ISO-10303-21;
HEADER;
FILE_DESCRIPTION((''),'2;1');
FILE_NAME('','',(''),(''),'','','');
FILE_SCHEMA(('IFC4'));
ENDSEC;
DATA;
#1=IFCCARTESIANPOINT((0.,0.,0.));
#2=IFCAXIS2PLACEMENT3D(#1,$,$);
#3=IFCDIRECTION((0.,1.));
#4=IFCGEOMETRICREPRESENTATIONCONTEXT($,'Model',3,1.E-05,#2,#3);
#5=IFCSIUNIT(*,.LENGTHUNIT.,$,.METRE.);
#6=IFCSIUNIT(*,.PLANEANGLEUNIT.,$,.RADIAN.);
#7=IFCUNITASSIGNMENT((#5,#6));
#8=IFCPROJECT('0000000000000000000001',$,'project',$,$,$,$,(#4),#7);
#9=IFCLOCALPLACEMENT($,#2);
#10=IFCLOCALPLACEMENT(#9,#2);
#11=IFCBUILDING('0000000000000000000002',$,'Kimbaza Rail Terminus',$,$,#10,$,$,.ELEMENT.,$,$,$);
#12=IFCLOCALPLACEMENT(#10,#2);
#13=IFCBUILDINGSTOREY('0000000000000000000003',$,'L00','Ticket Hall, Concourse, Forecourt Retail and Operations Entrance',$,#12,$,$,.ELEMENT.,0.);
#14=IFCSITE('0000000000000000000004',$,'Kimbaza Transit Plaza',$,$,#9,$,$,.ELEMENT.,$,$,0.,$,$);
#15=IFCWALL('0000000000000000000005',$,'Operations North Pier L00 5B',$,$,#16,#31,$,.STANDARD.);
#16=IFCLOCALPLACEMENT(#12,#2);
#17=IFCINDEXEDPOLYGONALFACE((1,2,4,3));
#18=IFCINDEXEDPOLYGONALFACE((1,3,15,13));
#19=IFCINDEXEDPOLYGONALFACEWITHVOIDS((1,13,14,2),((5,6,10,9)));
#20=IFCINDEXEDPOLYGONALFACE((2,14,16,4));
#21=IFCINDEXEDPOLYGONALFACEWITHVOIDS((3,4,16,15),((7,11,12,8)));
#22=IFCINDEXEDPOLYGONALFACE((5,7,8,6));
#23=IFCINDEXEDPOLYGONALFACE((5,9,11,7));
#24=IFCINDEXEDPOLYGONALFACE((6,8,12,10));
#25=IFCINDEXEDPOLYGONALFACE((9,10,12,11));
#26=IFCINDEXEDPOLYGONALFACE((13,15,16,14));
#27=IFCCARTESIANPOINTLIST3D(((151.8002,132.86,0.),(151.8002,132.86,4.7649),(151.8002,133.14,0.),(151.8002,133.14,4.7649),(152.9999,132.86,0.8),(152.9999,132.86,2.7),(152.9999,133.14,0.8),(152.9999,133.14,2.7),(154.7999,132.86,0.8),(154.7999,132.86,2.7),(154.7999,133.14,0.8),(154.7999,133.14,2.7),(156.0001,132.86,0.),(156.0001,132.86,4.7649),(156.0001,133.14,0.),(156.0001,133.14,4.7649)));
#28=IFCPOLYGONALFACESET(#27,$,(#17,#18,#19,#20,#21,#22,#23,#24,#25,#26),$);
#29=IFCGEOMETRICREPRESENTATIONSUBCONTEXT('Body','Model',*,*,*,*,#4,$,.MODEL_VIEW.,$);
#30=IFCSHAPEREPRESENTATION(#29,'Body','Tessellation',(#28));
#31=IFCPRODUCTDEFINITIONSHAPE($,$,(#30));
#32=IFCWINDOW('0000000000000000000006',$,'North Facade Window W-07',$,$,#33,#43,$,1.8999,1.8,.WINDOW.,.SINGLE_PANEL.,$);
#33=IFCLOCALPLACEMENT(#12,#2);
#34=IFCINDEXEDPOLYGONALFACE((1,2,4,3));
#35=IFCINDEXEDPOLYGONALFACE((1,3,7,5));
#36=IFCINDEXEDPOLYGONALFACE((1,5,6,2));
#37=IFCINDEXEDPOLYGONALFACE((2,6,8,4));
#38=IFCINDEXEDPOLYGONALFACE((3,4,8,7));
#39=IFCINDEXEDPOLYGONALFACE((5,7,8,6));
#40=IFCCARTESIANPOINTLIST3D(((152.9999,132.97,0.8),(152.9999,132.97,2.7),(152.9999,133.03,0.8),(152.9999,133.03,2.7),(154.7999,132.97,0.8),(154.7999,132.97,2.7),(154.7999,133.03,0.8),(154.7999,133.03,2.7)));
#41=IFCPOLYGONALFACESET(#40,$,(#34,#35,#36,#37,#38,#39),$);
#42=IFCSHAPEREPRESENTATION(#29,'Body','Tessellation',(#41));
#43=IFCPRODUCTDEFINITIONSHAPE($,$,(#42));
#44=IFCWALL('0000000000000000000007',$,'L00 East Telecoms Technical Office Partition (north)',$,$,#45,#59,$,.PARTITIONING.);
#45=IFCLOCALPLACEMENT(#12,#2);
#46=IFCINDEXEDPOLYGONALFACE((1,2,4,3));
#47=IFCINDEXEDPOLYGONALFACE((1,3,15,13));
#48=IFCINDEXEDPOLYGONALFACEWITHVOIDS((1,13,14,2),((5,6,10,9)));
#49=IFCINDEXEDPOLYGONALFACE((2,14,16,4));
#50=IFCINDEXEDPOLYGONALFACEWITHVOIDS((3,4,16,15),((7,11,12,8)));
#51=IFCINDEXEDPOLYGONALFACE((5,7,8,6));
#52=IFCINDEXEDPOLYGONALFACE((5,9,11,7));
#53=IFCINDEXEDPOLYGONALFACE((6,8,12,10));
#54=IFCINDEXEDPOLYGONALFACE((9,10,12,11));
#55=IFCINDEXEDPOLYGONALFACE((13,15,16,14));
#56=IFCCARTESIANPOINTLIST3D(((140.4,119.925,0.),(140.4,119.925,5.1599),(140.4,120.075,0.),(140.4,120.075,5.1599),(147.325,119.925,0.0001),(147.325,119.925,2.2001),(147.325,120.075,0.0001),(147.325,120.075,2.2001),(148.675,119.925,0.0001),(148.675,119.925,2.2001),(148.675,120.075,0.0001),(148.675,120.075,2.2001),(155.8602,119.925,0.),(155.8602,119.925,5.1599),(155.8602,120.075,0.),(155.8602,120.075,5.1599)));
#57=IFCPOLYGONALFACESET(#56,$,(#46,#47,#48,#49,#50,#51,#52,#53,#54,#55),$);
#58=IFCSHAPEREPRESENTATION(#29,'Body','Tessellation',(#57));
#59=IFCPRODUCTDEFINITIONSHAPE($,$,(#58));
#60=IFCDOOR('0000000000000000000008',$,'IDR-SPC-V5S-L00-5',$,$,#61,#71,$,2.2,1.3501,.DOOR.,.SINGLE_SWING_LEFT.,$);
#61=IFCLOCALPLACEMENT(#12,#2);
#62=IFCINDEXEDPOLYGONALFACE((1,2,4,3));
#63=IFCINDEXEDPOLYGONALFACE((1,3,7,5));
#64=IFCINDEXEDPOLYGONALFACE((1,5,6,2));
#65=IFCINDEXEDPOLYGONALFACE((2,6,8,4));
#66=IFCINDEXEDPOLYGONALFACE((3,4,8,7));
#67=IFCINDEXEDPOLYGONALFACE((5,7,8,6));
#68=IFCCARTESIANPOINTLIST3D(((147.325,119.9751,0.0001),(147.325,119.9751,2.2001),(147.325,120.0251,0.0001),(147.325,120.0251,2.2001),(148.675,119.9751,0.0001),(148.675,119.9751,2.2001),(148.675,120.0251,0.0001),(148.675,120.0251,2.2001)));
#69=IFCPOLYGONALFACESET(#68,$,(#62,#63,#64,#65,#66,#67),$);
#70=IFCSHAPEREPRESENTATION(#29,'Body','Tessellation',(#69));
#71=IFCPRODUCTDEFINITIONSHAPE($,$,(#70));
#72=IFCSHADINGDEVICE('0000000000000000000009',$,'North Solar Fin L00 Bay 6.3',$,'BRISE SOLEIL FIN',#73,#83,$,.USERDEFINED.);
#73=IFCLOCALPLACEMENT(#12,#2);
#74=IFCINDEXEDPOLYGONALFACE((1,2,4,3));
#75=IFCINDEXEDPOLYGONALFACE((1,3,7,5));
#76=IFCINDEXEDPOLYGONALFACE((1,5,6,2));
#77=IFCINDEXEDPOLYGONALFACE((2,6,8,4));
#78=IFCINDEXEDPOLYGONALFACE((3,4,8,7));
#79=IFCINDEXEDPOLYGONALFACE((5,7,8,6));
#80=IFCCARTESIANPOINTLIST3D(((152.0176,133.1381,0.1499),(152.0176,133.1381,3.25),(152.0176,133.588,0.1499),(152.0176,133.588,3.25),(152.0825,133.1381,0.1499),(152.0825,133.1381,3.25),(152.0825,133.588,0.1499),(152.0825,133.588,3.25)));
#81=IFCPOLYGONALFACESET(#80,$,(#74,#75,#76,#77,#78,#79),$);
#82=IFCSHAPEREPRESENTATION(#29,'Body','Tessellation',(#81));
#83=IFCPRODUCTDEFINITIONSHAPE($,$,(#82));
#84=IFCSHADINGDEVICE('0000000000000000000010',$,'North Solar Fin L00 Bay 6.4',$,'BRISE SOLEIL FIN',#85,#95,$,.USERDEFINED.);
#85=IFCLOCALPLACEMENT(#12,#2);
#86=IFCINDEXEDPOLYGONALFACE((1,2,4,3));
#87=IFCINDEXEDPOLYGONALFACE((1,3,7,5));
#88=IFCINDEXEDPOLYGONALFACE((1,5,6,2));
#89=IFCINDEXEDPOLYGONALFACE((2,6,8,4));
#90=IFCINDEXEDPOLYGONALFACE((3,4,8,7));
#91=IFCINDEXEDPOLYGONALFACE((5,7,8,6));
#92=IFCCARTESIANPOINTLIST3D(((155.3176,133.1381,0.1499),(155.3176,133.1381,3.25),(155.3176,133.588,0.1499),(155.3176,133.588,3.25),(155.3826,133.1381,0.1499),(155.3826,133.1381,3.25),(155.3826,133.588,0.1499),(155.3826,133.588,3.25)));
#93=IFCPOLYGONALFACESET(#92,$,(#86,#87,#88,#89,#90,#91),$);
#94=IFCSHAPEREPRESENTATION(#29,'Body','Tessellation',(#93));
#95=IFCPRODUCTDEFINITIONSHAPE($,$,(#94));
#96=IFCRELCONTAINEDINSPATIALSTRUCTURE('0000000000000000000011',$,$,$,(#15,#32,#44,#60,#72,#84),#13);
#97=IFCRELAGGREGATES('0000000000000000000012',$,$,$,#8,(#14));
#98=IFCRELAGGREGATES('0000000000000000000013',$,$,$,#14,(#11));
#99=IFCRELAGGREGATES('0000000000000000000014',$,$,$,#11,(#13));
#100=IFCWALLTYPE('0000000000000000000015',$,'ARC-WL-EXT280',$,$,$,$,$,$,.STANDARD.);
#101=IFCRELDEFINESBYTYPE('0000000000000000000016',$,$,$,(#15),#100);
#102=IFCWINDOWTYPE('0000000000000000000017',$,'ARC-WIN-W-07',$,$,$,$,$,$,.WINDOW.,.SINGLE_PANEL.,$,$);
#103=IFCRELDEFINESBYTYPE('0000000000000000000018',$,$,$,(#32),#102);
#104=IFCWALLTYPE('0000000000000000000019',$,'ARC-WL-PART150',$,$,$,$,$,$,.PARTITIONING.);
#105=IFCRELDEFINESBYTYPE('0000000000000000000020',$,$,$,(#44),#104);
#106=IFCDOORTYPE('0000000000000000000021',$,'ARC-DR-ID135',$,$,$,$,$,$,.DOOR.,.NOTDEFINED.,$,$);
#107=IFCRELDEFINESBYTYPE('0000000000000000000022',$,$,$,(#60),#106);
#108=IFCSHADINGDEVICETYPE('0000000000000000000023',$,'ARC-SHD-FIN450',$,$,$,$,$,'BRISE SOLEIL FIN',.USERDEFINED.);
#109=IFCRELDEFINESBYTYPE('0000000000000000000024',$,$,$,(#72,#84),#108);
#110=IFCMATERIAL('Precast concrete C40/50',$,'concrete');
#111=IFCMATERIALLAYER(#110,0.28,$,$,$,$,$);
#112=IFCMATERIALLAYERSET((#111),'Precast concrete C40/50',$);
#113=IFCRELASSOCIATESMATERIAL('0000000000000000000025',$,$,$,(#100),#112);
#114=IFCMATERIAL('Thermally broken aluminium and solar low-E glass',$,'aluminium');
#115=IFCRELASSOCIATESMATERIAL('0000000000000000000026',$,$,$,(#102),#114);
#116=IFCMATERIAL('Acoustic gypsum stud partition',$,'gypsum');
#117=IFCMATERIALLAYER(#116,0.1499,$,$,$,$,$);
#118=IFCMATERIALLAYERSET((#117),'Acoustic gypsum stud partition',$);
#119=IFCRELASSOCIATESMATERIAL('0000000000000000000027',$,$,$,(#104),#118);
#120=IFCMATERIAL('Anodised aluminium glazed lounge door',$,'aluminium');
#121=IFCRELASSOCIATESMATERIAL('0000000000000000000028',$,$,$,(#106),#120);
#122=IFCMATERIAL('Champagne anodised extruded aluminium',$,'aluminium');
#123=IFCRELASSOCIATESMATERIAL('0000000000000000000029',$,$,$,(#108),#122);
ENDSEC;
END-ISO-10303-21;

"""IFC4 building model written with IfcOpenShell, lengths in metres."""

from ifc_helpers import new_model, si_unit, direction, frame, frame_2d, origin, origin_2d, place, context, subcontext, project, spatial, rectangle, extrude, material, layer, layer_set, type_object, element, fill, save


model = new_model("IFC4")

# Units and contexts
model_context = context("Model", 3, precision=1e-05, world=origin(), true_north=direction((0.0, 1.0)))
body_context = subcontext(model_context, "Body", "Model", "MODEL_VIEW")
ifc_project = project(units=[si_unit("LENGTHUNIT", "METRE"), si_unit("PLANEANGLEUNIT", "RADIAN")], contexts=[model_context])

# Site, building, storey
site_placement = place(None, origin())
site = spatial("IfcSite", under=ifc_project, at=site_placement, Name="Kimbaza Transit Plaza", CompositionType="ELEMENT", RefElevation=0.0)
building_placement = place(site_placement, origin())
building = spatial("IfcBuilding", under=site, at=building_placement, Name="Kimbaza Rail Terminus", CompositionType="ELEMENT")
storey_placement = place(building_placement, origin())
storey = spatial("IfcBuildingStorey", under=building, at=storey_placement, Name="L00", Description="Ticket Hall, Concourse, Forecourt Retail and Operations Entrance", CompositionType="ELEMENT", Elevation=0.0)

# Wall, opening, window
ifc_material_1 = material(Name="Precast concrete C40/50", Category="concrete")
ifc_layer_1 = layer(ifc_material_1, 0.28)
ifc_layer_set_1 = layer_set([ifc_layer_1], Name="Precast concrete C40/50")
wall_type_1 = type_object("IfcWallType", Name="ARC-WL-EXT280", PredefinedType="STANDARD", material=ifc_layer_set_1)
wall_1_placement = place(storey_placement, frame((151.8, 133.0, 0.0), z_axis=(0.0, 0.0, 1.0), x_axis=(1.0, 0.0, 0.0)))
wall_1 = element("IfcWall", 1, at=wall_1_placement, inside=storey, type_object=wall_type_1, Name="Operations North Pier L00 5B", PredefinedType="STANDARD", context=body_context, shape_type="SweptSolid", body=[
    extrude(rectangle(XDim=4.2, YDim=0.28, at=frame_2d((2.1001, 0.0))), origin(), (0.0, 0.0, 1.0), 4.7649),
])
opening_1_placement = place(wall_1_placement, frame((1.2, 0.0, 0.8)))
opening_1 = element("IfcOpeningElement", 2, at=opening_1_placement, cuts=wall_1, PredefinedType="OPENING", context=body_context, shape_type="SweptSolid", body=[
    extrude(rectangle(XDim=1.8, YDim=1.8999, at=frame_2d((0.8999, 0.95))), frame((0.0, 0.1499, 0.0), z_axis=(0.0, -1.0, 0.0), x_axis=(1.0, 0.0, 0.0)), (0.0, 0.0, 1.0), 0.3),
])
ifc_material_2 = material(Name="Thermally broken aluminium and solar low-E glass", Category="aluminium")
window_type = type_object("IfcWindowType", Name="ARC-WIN-W-07", PartitioningType="SINGLE_PANEL", PredefinedType="WINDOW", material=ifc_material_2)
window_placement = place(opening_1_placement, origin())
window = element("IfcWindow", 3, at=window_placement, inside=storey, type_object=window_type, Name="North Facade Window W-07", OverallHeight=1.8999, OverallWidth=1.8, PartitioningType="SINGLE_PANEL", PredefinedType="WINDOW", context=body_context, shape_type="SweptSolid", body=[
    extrude(rectangle(XDim=1.8, YDim=1.8999, at=frame_2d((0.8999, 0.95))), frame((0.0, 0.03, 0.0), z_axis=(0.0, -1.0, 0.0), x_axis=(1.0, 0.0, 0.0)), (0.0, 0.0, 1.0), 0.0601),
])
fill(opening_1, window)

# Wall, opening, door
ifc_material_3 = material(Name="Acoustic gypsum stud partition", Category="gypsum")
ifc_layer_2 = layer(ifc_material_3, 0.1499)
ifc_layer_set_2 = layer_set([ifc_layer_2], Name="Acoustic gypsum stud partition")
wall_type_2 = type_object("IfcWallType", Name="ARC-WL-PART150", PredefinedType="PARTITIONING", material=ifc_layer_set_2)
wall_2_placement = place(storey_placement, frame((155.8601, 120.0, 0.0), z_axis=(0.0, 0.0, 1.0), x_axis=(-1.0, 0.0, 0.0)))
wall_2 = element("IfcWall", 4, at=wall_2_placement, inside=storey, type_object=wall_type_2, Name="L00 East Telecoms Technical Office Partition (north)", PredefinedType="PARTITIONING", context=body_context, shape_type="SweptSolid", body=[
    extrude(rectangle(XDim=15.4602, YDim=0.1499, at=frame_2d((7.73, 0.0))), origin(), (0.0, 0.0, 1.0), 5.1599),
])
opening_2_placement = place(wall_2_placement, frame((7.1851, 0.0, 0.0)))
opening_2 = element("IfcOpeningElement", 5, at=opening_2_placement, cuts=wall_2, PredefinedType="OPENING", context=body_context, shape_type="SweptSolid", body=[
    extrude(rectangle(XDim=1.3501, YDim=2.2, at=frame_2d((0.675, 1.1001))), frame((0.0, 0.085, 0.0), z_axis=(0.0, -1.0, 0.0), x_axis=(1.0, 0.0, 0.0)), (0.0, 0.0, 1.0), 0.1699),
])
ifc_material_4 = material(Name="Anodised aluminium glazed lounge door", Category="aluminium")
door_type = type_object("IfcDoorType", Name="ARC-DR-ID135", OperationType="NOTDEFINED", PredefinedType="DOOR", material=ifc_material_4)
door_placement = place(opening_2_placement, origin())
door = element("IfcDoor", 6, at=door_placement, inside=storey, type_object=door_type, Name="IDR-SPC-V5S-L00-5", OperationType="SINGLE_SWING_LEFT", OverallHeight=2.2, OverallWidth=1.3501, PredefinedType="DOOR", context=body_context, shape_type="SweptSolid", body=[
    extrude(rectangle(XDim=1.3501, YDim=2.2, at=frame_2d((0.675, 1.1001))), frame((0.0, 0.0249, 0.0), z_axis=(0.0, -1.0, 0.0), x_axis=(1.0, 0.0, 0.0)), (0.0, 0.0, 1.0), 0.05),
])
fill(opening_2, door)

# Shading devices
ifc_material_5 = material(Name="Champagne anodised extruded aluminium", Category="aluminium")
shading_device_type = type_object("IfcShadingDeviceType", Name="ARC-SHD-FIN450", ElementType="BRISE SOLEIL FIN", PredefinedType="USERDEFINED", material=ifc_material_5)
for number, where, z_axis, x_axis, name in (
    (7, (152.05, 133.363, 0.1499), (0.0, 0.0, 1.0), (1.0, 0.0, 0.0), "North Solar Fin L00 Bay 6.3"),
    (8, (155.3501, 133.363, 0.1499), (0.0, 0.0, 1.0), (1.0, 0.0, 0.0), "North Solar Fin L00 Bay 6.4"),
):
    element("IfcShadingDevice", number, at=place(storey_placement, frame(where, z_axis=z_axis, x_axis=x_axis)), inside=storey, type_object=shading_device_type, Name=name, ObjectType="BRISE SOLEIL FIN", PredefinedType="USERDEFINED", context=body_context, shape_type="SweptSolid", body=[
        extrude(rectangle(XDim=0.0649, YDim=0.45, at=origin_2d()), origin(), (0.0, 0.0, 1.0), 3.1001),
    ])

save(model, "model.ifc")
